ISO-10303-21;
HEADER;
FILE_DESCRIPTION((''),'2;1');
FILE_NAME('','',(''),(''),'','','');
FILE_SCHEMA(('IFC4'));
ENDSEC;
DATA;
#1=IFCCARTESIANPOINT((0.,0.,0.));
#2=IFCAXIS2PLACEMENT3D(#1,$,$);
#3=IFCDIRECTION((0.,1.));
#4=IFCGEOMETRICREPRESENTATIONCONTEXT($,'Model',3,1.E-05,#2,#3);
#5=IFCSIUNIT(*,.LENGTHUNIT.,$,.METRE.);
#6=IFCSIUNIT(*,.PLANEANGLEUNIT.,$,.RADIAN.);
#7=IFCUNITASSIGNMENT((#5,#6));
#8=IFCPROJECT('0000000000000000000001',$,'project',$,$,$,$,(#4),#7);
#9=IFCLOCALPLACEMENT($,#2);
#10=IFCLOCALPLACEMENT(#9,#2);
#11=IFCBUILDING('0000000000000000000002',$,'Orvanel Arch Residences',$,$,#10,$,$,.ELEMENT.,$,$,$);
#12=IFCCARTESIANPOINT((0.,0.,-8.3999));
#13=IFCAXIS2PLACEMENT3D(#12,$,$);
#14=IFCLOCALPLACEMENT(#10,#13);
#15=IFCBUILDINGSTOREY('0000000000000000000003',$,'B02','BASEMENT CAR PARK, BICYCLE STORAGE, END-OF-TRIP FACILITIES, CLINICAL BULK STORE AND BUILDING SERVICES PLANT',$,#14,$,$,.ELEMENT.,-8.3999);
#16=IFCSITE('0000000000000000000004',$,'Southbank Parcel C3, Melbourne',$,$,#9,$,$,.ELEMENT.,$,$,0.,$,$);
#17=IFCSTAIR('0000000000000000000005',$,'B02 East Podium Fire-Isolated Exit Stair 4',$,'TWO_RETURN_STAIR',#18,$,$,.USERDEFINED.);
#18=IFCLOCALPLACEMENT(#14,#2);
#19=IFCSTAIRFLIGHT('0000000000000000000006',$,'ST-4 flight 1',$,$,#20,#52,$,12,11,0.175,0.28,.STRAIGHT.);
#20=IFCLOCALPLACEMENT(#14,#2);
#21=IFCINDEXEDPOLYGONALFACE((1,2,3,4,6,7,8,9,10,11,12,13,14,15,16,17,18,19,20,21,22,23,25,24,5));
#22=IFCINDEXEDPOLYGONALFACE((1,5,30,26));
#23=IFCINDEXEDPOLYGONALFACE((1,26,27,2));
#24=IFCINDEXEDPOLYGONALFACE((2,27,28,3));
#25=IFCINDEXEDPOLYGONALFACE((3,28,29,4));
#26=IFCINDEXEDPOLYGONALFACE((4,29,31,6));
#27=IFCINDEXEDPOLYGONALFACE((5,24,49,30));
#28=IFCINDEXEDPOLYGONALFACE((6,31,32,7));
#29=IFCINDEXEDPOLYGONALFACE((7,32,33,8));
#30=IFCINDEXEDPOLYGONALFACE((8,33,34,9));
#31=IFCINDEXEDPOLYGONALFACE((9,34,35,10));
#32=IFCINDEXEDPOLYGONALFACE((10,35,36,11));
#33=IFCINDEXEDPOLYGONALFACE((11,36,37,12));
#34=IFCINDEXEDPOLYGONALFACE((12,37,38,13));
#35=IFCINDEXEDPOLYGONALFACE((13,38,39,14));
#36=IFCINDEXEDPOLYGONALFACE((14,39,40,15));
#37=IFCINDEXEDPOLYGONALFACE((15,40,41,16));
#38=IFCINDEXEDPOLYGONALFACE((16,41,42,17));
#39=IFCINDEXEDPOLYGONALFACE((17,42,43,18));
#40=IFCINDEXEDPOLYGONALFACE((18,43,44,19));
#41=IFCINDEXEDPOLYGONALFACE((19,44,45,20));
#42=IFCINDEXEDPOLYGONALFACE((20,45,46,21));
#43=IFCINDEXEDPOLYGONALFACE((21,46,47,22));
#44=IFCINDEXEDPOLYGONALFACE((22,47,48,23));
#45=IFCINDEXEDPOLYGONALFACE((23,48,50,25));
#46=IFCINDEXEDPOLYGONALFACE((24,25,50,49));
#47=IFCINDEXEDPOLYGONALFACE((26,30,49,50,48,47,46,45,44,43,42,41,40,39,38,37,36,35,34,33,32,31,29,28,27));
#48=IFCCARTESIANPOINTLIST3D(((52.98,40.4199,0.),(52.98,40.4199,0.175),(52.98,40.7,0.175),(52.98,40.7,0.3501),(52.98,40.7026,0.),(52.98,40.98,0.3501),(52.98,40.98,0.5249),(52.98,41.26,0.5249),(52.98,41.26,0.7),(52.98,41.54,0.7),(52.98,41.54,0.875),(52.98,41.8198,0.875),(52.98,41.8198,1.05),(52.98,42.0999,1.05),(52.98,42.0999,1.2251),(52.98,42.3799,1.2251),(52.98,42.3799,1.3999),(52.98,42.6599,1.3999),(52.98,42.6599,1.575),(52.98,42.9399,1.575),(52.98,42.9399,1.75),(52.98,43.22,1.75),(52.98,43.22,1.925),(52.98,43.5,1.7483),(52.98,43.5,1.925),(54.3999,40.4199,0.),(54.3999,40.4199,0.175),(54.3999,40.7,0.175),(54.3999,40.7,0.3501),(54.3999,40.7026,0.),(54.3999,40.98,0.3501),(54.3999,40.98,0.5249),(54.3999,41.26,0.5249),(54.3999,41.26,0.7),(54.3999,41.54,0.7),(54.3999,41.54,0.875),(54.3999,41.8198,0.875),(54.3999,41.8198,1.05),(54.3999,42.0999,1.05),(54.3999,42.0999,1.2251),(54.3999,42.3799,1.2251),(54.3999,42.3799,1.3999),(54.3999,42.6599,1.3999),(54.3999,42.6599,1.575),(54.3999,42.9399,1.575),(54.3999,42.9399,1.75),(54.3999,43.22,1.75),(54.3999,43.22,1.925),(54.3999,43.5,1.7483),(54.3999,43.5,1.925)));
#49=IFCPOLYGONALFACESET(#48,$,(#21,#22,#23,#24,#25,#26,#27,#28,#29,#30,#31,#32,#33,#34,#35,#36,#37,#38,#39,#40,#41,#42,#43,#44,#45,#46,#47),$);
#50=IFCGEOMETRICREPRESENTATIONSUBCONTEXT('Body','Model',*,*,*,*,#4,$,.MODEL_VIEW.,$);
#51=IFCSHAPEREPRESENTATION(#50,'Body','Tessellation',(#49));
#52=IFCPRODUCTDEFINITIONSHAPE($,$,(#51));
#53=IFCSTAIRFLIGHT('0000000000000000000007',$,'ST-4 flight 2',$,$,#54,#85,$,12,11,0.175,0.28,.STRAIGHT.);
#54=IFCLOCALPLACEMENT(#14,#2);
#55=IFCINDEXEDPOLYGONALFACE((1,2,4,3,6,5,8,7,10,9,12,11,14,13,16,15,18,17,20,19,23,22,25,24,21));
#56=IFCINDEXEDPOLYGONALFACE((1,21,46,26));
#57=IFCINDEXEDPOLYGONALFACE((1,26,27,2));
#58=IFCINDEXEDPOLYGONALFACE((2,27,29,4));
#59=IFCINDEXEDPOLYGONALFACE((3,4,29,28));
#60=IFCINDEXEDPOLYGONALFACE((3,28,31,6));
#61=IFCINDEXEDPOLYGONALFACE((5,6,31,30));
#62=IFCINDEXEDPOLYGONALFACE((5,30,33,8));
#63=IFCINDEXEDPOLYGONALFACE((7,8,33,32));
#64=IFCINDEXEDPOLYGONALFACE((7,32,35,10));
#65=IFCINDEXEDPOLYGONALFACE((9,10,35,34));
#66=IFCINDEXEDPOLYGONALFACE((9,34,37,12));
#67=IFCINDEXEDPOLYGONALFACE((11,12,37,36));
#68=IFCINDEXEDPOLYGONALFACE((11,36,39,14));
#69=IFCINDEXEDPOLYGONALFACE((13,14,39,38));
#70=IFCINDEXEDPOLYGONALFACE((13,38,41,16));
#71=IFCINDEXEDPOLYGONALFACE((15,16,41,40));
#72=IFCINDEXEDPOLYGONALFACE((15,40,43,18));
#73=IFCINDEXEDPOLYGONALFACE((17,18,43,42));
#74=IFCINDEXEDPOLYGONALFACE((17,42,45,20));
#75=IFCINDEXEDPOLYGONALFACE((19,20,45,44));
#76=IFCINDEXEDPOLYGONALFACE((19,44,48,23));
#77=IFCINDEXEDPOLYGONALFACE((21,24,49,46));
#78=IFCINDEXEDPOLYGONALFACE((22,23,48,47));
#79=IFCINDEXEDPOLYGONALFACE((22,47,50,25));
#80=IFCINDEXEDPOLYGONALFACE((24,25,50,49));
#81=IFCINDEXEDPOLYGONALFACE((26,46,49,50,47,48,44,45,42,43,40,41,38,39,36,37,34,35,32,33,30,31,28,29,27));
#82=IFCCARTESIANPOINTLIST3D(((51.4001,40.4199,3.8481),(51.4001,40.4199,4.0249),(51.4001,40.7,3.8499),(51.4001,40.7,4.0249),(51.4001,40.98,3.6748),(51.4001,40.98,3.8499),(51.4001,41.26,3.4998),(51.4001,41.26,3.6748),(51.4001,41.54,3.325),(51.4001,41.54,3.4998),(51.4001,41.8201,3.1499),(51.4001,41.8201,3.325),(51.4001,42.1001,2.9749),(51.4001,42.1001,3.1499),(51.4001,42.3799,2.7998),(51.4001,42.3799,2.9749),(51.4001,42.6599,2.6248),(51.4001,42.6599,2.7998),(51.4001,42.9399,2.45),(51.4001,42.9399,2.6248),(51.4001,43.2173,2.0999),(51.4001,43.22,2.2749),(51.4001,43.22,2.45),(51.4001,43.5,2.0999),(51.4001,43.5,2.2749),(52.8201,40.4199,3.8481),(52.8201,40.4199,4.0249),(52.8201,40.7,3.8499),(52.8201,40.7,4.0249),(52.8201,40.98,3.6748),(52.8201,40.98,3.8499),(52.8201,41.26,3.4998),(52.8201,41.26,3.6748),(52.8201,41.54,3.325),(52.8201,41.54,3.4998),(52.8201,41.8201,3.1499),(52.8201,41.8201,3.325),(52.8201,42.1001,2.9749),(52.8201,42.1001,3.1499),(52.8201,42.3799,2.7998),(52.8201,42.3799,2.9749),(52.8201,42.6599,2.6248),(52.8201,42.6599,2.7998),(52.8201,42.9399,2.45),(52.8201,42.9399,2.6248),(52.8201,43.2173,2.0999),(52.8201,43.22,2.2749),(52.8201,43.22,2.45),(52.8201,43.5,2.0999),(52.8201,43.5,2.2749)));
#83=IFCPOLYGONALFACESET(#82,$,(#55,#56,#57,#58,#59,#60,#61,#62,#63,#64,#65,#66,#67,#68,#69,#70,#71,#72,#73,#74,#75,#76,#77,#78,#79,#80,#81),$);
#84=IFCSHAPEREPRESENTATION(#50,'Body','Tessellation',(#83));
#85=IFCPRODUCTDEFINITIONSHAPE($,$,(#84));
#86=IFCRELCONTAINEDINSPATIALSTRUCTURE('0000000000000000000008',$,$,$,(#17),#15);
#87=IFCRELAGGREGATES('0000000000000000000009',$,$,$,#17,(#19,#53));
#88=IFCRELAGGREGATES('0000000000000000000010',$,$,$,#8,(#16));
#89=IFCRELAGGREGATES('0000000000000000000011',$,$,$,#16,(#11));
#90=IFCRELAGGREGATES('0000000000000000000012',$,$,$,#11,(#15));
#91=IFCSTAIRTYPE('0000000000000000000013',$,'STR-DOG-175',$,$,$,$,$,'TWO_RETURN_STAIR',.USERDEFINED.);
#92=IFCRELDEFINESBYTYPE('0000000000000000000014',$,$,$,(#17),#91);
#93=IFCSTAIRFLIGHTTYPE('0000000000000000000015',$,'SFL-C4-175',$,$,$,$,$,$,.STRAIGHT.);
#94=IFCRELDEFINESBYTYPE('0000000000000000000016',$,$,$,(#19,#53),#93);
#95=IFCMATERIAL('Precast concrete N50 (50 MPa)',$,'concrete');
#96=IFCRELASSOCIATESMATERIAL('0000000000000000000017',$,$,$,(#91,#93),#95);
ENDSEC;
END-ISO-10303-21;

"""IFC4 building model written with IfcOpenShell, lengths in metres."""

from ifc_helpers import new_model, si_unit, direction, frame, origin, place, context, subcontext, project, spatial, polyline, outline, extrude, material, type_object, element, aggregate, save


model = new_model("IFC4")

# Units and contexts
model_context = context("Model", 3, precision=1e-05, world=origin(), true_north=direction((0.0, 1.0)))
body_context = subcontext(model_context, "Body", "Model", "MODEL_VIEW")
ifc_project = project(units=[si_unit("LENGTHUNIT", "METRE"), si_unit("PLANEANGLEUNIT", "RADIAN")], contexts=[model_context])

# Site, building, storey
site_placement = place(None, origin())
site = spatial("IfcSite", under=ifc_project, at=site_placement, Name="Southbank Parcel C3, Melbourne", CompositionType="ELEMENT", RefElevation=0.0)
building_placement = place(site_placement, origin())
building = spatial("IfcBuilding", under=site, at=building_placement, Name="Orvanel Arch Residences", CompositionType="ELEMENT")
storey_placement = place(building_placement, frame((0.0, 0.0, -8.3999)))
storey = spatial("IfcBuildingStorey", under=building, at=storey_placement, Name="B02", Description="BASEMENT CAR PARK, BICYCLE STORAGE, END-OF-TRIP FACILITIES, CLINICAL BULK STORE AND BUILDING SERVICES PLANT", CompositionType="ELEMENT", Elevation=-8.3999)

# Stair, stair flights
ifc_material_1 = material(Name="Precast concrete N50 (50 MPa)", Category="concrete")
stair_type = type_object("IfcStairType", Name="STR-DOG-175", ElementType="TWO_RETURN_STAIR", PredefinedType="USERDEFINED", material=ifc_material_1)
stair_placement = place(storey_placement, origin())
stair = element("IfcStair", 1, at=stair_placement, inside=storey, type_object=stair_type, Name="B02 East Podium Fire-Isolated Exit Stair 4", ObjectType="TWO_RETURN_STAIR", PredefinedType="USERDEFINED")
stair_flight_type = type_object("IfcStairFlightType", Name="SFL-C4-175", PredefinedType="STRAIGHT", material=ifc_material_1)
stair_flight_1_placement = place(storey_placement, frame((53.6899, 40.4199, 0.0), z_axis=(0.0, 0.0, 1.0), x_axis=(0.0, 1.0, 0.0)))
stair_flight_1 = element("IfcStairFlight", 2, at=stair_flight_1_placement, type_object=stair_flight_type, Name="ST-4 flight 1", NumberOfRisers=12, NumberOfTreads=11, PredefinedType="STRAIGHT", RiserHeight=0.175, TreadLength=0.28, context=body_context, shape_type="SweptSolid", body=[
    extrude(outline(polyline([(0.0, 0.0), (0.0, 0.175), (0.28, 0.175), (0.28, 0.3501), (0.5601, 0.3501), (0.5601, 0.5249), (0.8401, 0.5249), (0.8401, 0.7), (1.1201, 0.7), (1.1201, 0.875), (1.3999, 0.875), (1.3999, 1.05), (1.6799, 1.05), (1.6799, 1.2251), (1.96, 1.2251), (1.96, 1.3999), (2.24, 1.3999), (2.24, 1.575), (2.52, 1.575), (2.52, 1.75), (2.8, 1.75), (2.8, 1.925), (3.0801, 1.925), (3.0801, 2.1001), (3.0801, 1.7483), (0.2827, 0.0), (0.0, 0.0)])), frame((0.0, 0.71, 0.0), z_axis=(0.0, -1.0, 0.0), x_axis=(1.0, 0.0, 0.0)), (0.0, 0.0, 1.0), 1.4199),
])
stair_flight_2_placement = place(storey_placement, frame((52.1101, 43.5, 2.0999), z_axis=(0.0, 0.0, 1.0), x_axis=(0.0, -1.0, 0.0)))
stair_flight_2 = element("IfcStairFlight", 3, at=stair_flight_2_placement, type_object=stair_flight_type, Name="ST-4 flight 2", NumberOfRisers=12, NumberOfTreads=11, PredefinedType="STRAIGHT", RiserHeight=0.175, TreadLength=0.28, context=body_context, shape_type="SweptSolid", body=[
    extrude(outline(polyline([(0.0, 0.0), (0.0, 0.175), (0.28, 0.175), (0.28, 0.3501), (0.5601, 0.3501), (0.5601, 0.5249), (0.8401, 0.5249), (0.8401, 0.7), (1.1201, 0.7), (1.1201, 0.875), (1.3999, 0.875), (1.3999, 1.05), (1.6799, 1.05), (1.6799, 1.2251), (1.96, 1.2251), (1.96, 1.3999), (2.24, 1.3999), (2.24, 1.575), (2.52, 1.575), (2.52, 1.75), (2.8, 1.75), (2.8, 1.925), (3.0801, 1.925), (3.0801, 2.1001), (3.0801, 1.7483), (0.2827, 0.0), (0.0, 0.0)])), frame((0.0, 0.71, 0.0), z_axis=(0.0, -1.0, 0.0), x_axis=(1.0, 0.0, 0.0)), (0.0, 0.0, 1.0), 1.4199),
])
aggregate(stair, [stair_flight_1, stair_flight_2])

save(model, "model.ifc")
